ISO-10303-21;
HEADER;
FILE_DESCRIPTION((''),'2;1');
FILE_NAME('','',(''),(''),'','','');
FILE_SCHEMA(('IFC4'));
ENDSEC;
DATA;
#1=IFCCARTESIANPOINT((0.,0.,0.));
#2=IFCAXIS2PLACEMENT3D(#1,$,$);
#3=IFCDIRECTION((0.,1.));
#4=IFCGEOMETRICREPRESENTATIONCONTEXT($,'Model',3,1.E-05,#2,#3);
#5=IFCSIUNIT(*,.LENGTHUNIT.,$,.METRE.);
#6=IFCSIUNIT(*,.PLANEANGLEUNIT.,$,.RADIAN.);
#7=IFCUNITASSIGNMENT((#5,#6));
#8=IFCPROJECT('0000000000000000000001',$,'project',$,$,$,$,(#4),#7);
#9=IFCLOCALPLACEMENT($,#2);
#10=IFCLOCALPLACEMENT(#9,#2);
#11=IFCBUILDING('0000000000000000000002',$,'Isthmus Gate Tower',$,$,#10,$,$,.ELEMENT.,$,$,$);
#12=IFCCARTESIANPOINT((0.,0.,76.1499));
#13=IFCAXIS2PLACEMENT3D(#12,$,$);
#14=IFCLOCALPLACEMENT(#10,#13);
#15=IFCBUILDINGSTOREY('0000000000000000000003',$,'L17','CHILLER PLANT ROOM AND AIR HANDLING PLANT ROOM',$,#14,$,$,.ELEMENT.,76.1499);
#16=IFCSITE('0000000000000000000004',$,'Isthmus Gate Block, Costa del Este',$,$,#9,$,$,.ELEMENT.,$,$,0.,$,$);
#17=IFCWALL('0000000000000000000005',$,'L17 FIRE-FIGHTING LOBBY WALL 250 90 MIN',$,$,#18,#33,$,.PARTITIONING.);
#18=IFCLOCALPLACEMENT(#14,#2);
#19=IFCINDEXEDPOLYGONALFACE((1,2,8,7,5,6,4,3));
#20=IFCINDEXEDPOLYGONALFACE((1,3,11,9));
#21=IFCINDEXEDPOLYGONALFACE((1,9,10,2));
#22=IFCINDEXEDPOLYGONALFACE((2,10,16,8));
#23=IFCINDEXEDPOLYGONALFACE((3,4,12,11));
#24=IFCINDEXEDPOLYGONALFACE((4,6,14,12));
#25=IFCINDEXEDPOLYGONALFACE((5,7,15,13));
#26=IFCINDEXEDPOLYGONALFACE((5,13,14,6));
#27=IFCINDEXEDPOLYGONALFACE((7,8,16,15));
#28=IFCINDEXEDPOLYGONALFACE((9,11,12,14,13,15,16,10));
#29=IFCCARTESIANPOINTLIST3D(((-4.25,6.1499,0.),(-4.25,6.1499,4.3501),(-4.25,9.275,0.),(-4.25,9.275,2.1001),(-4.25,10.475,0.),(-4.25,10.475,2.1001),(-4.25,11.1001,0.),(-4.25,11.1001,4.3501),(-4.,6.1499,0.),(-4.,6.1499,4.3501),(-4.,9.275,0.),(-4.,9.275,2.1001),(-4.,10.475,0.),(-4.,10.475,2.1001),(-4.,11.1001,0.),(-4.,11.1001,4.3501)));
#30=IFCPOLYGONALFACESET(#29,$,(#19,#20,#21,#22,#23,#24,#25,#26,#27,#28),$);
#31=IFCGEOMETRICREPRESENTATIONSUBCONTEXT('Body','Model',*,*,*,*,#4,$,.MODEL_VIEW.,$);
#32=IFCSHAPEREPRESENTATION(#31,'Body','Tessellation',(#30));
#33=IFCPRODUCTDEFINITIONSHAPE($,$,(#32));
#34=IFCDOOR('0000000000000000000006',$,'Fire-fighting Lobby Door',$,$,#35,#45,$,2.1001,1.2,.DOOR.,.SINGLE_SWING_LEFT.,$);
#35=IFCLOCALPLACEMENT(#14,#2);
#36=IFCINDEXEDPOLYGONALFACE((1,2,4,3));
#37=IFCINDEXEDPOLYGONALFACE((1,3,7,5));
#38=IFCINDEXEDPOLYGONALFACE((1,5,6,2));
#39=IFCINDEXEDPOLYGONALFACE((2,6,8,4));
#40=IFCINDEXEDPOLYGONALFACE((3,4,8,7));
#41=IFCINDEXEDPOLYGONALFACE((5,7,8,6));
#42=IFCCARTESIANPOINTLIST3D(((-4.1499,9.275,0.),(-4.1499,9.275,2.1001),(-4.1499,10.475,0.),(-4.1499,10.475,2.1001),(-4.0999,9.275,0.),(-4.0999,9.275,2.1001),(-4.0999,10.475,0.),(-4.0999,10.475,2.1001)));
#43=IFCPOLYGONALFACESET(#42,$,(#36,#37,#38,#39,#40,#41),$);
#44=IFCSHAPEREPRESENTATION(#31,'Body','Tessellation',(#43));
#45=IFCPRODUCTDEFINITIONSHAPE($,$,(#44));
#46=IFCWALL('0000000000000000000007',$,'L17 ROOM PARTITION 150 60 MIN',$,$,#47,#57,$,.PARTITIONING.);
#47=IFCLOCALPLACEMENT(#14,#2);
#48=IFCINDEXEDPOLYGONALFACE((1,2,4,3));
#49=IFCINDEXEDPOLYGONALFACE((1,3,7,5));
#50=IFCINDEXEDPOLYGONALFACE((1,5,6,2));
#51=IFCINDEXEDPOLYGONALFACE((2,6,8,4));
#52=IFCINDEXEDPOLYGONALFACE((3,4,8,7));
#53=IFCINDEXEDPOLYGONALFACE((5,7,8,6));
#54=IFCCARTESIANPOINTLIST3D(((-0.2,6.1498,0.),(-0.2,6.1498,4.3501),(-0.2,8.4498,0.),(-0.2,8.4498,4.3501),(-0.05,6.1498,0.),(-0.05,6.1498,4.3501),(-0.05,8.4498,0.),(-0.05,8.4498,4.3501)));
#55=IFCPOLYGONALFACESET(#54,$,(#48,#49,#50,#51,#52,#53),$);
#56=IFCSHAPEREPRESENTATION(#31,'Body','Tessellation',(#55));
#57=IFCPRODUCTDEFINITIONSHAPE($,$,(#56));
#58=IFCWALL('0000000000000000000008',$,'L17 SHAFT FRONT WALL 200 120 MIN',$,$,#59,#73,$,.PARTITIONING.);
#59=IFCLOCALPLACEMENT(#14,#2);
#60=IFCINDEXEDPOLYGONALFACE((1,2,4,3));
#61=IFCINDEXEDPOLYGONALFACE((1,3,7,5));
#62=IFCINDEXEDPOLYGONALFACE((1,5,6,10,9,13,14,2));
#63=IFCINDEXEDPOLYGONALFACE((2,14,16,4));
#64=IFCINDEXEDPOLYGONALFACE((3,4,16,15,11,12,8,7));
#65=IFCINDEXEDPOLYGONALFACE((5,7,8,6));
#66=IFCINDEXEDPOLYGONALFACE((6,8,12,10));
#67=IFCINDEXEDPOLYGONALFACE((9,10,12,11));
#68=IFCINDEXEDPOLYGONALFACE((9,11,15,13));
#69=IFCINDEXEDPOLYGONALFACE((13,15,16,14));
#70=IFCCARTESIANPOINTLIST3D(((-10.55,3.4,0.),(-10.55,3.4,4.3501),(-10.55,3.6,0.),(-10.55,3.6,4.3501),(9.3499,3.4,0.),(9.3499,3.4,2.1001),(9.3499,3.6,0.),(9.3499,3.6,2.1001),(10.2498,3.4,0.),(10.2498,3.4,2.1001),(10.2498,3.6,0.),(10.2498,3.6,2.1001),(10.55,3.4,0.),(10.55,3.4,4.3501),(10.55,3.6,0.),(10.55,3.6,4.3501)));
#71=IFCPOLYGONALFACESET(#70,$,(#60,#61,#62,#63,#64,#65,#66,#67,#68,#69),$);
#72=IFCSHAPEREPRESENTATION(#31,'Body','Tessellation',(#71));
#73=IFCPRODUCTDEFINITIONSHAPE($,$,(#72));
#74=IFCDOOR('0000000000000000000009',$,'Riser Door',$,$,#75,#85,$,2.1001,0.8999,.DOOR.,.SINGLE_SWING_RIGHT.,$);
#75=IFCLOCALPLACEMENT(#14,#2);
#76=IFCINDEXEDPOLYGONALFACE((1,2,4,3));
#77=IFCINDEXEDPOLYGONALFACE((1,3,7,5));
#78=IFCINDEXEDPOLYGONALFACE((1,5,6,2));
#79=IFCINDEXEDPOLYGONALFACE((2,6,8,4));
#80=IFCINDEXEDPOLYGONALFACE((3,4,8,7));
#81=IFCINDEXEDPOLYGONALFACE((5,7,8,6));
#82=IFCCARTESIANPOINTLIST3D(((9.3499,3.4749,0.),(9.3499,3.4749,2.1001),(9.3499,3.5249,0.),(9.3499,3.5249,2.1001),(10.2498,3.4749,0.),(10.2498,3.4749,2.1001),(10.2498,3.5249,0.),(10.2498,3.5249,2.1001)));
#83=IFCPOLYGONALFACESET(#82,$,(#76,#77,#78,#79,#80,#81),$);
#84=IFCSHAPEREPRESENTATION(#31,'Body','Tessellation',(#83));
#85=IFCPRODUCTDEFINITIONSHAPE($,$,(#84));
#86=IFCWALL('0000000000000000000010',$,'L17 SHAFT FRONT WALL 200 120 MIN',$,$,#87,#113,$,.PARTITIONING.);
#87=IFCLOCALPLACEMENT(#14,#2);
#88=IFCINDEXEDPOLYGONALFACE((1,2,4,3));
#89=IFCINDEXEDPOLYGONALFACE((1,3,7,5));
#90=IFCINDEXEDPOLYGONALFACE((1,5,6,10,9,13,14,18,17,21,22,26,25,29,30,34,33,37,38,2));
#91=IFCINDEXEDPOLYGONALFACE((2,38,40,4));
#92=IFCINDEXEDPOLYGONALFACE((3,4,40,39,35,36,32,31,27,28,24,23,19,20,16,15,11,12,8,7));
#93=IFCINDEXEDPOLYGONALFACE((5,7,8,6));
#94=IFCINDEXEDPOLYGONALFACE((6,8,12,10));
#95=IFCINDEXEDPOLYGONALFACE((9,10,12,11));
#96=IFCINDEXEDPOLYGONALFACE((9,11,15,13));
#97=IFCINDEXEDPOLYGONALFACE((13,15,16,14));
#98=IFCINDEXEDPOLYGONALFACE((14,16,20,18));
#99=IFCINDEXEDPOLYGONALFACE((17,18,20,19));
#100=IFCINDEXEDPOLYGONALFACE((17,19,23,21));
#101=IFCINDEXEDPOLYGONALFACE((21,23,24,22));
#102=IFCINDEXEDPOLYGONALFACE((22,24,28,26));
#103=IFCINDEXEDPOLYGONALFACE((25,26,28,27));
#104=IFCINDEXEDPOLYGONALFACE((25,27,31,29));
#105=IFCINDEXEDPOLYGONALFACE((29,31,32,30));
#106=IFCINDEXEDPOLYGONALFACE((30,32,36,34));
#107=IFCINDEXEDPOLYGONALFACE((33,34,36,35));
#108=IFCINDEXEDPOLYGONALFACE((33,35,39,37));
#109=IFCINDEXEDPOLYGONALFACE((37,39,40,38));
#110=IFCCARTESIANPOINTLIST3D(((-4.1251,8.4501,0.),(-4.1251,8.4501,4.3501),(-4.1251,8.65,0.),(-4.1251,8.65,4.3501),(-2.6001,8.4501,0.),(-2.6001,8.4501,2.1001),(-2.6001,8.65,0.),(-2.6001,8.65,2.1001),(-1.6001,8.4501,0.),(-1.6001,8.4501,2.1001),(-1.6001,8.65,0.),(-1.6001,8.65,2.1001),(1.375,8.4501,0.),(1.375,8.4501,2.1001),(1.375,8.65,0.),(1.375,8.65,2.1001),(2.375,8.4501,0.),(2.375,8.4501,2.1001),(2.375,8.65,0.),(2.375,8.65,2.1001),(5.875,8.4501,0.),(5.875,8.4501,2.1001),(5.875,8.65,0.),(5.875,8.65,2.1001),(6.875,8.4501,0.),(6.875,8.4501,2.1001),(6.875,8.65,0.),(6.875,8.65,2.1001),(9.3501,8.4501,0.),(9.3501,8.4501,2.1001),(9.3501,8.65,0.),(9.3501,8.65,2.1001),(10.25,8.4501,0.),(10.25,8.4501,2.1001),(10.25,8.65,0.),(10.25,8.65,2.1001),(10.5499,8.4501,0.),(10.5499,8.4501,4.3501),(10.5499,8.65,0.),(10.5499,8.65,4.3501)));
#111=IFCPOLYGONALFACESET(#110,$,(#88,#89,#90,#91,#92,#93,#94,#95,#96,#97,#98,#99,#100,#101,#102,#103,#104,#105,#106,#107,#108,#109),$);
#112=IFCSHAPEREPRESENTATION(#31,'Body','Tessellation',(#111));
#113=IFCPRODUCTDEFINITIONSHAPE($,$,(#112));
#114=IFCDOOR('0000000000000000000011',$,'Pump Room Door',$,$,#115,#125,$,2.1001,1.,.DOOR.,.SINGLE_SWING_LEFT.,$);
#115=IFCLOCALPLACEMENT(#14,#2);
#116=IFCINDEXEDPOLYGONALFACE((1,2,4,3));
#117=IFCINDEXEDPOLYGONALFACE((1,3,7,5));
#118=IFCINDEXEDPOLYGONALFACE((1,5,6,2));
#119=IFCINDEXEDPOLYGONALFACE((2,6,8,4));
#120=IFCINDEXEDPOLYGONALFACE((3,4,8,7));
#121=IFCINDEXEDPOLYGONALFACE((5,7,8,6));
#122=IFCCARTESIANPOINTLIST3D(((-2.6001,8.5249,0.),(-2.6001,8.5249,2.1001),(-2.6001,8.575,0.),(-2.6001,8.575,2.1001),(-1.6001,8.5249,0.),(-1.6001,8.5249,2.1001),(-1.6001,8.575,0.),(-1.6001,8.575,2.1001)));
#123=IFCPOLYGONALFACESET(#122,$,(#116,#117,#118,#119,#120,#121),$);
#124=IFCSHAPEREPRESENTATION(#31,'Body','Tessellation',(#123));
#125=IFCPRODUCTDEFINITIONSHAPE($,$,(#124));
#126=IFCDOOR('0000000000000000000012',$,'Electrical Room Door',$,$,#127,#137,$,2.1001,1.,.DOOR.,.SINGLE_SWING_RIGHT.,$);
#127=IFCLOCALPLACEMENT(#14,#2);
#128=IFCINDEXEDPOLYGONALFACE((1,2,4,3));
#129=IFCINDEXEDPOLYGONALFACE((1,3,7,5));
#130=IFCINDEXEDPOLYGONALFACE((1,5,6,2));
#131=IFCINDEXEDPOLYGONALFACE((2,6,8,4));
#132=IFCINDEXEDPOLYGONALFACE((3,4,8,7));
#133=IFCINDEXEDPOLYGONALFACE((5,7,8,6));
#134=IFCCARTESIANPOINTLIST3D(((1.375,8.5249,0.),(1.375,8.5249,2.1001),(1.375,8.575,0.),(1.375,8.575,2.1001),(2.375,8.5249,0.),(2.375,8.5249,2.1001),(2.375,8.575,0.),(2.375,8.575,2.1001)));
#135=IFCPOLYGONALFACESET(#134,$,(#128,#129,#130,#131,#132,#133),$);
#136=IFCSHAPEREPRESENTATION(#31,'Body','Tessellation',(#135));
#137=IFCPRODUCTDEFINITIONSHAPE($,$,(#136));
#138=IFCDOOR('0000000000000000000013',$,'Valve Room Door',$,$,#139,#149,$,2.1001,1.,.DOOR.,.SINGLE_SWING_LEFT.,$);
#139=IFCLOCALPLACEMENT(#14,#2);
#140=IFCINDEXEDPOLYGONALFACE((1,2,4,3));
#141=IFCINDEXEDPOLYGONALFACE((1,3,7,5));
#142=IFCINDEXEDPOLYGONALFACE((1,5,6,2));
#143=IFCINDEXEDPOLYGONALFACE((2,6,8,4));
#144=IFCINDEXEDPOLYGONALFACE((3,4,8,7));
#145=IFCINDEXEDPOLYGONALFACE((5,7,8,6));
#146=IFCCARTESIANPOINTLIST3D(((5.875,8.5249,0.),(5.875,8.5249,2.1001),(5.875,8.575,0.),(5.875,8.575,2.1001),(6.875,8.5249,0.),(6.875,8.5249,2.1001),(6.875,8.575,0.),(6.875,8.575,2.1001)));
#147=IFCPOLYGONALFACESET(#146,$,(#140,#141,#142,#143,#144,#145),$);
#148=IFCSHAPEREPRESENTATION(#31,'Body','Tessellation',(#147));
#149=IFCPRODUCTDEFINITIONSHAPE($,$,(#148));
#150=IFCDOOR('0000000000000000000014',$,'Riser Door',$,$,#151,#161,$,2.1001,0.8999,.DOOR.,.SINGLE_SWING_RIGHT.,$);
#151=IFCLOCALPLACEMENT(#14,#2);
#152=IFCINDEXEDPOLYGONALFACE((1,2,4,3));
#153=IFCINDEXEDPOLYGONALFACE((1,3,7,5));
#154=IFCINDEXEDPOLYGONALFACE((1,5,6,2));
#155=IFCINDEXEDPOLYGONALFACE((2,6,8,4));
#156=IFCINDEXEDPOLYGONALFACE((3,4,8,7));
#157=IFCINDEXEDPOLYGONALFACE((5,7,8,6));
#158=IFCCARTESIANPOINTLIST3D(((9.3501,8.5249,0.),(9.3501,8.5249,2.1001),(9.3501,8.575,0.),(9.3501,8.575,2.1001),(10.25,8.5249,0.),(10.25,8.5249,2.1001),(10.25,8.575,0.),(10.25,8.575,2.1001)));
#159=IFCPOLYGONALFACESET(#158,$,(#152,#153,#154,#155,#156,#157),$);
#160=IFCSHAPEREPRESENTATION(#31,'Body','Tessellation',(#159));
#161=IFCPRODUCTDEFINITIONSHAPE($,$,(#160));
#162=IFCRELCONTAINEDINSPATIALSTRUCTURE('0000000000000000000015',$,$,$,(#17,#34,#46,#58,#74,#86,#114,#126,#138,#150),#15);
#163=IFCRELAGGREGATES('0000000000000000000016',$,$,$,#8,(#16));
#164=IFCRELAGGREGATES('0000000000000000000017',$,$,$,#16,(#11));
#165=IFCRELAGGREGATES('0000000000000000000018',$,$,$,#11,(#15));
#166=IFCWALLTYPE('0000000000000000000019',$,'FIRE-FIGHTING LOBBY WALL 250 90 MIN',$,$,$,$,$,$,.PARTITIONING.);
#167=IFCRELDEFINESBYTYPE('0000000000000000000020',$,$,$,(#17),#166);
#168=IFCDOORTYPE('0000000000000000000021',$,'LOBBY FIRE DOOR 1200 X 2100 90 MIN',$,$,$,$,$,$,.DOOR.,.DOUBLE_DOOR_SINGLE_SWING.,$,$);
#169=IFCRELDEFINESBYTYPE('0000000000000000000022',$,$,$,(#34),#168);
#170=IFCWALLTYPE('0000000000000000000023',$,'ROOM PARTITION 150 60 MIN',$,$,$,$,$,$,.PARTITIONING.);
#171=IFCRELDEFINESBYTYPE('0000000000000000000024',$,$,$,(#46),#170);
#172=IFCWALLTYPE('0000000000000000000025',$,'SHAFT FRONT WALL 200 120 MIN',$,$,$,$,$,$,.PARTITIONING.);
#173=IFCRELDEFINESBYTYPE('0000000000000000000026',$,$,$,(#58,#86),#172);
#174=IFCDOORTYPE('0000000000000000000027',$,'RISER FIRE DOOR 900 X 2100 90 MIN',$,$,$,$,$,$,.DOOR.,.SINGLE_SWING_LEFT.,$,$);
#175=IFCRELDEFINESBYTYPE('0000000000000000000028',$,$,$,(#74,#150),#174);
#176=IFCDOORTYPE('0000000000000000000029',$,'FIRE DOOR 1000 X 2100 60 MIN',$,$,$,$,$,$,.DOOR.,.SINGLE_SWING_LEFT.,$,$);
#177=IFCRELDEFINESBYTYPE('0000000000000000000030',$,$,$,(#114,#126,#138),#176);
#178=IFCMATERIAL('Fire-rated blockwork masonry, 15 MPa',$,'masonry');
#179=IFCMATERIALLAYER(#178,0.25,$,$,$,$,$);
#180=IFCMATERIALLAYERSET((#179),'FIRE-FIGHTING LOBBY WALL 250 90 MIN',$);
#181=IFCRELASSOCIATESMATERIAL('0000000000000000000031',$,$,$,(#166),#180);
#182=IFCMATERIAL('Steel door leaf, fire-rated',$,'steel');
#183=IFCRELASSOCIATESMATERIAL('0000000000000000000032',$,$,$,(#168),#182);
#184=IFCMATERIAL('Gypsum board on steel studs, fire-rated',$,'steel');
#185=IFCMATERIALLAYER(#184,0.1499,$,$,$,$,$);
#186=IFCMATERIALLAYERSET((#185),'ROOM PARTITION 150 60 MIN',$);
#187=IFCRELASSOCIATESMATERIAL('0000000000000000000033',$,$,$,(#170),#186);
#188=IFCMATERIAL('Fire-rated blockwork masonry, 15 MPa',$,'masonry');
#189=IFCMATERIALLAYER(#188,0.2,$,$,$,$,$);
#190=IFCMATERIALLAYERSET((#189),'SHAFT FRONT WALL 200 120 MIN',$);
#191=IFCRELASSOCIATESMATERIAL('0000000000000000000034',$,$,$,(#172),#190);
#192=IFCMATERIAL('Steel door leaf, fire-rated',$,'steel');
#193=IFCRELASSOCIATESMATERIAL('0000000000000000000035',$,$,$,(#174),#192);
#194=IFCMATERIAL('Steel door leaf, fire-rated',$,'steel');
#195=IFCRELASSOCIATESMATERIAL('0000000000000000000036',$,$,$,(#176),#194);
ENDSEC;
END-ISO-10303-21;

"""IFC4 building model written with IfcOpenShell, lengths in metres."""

from ifc_helpers import new_model, si_unit, direction, frame, frame_2d, origin, place, context, subcontext, project, spatial, rectangle, extrude, material, layer, layer_set, type_object, element, fill, save


model = new_model("IFC4")

# Units and contexts
model_context = context("Model", 3, precision=1e-05, world=origin(), true_north=direction((0.0, 1.0)))
body_context = subcontext(model_context, "Body", "Model", "MODEL_VIEW")
ifc_project = project(units=[si_unit("LENGTHUNIT", "METRE"), si_unit("PLANEANGLEUNIT", "RADIAN")], contexts=[model_context])

# Site, building, storey
site_placement = place(None, origin())
site = spatial("IfcSite", under=ifc_project, at=site_placement, Name="Isthmus Gate Block, Costa del Este", CompositionType="ELEMENT", RefElevation=0.0)
building_placement = place(site_placement, origin())
building = spatial("IfcBuilding", under=site, at=building_placement, Name="Isthmus Gate Tower", CompositionType="ELEMENT")
storey_placement = place(building_placement, frame((0.0, 0.0, 76.1499)))
storey = spatial("IfcBuildingStorey", under=building, at=storey_placement, Name="L17", Description="CHILLER PLANT ROOM AND AIR HANDLING PLANT ROOM", CompositionType="ELEMENT", Elevation=76.1499)

# Wall, opening, door
ifc_material_1 = material(Name="Fire-rated blockwork masonry, 15 MPa", Category="masonry")
ifc_layer_1 = layer(ifc_material_1, 0.25)
ifc_layer_set_1 = layer_set([ifc_layer_1], Name="FIRE-FIGHTING LOBBY WALL 250 90 MIN")
wall_type_1 = type_object("IfcWallType", Name="FIRE-FIGHTING LOBBY WALL 250 90 MIN", PredefinedType="PARTITIONING", material=ifc_layer_set_1)
wall_1_placement = place(storey_placement, frame((-4.125, 6.1499, 0.0), z_axis=(0.0, 0.0, 1.0), x_axis=(0.0, 1.0, 0.0)))
wall_1 = element("IfcWall", 1, at=wall_1_placement, inside=storey, type_object=wall_type_1, Name="L17 FIRE-FIGHTING LOBBY WALL 250 90 MIN", PredefinedType="PARTITIONING", context=body_context, shape_type="SweptSolid", body=[
    extrude(rectangle(XDim=4.9502, YDim=0.25, at=frame_2d((2.4751, 0.0))), origin(), (0.0, 0.0, 1.0), 4.3501),
])
opening_1_placement = place(wall_1_placement, frame((3.125, 0.0, 0.0)))
opening_1 = element("IfcOpeningElement", 2, at=opening_1_placement, cuts=wall_1, PredefinedType="OPENING", context=body_context, shape_type="SweptSolid", body=[
    extrude(rectangle(XDim=1.2, YDim=2.1001, at=frame_2d((0.6001, 1.05))), frame((0.0, 0.135, 0.0), z_axis=(0.0, -1.0, 0.0), x_axis=(1.0, 0.0, 0.0)), (0.0, 0.0, 1.0), 0.27),
])
ifc_material_2 = material(Name="Steel door leaf, fire-rated", Category="steel")
door_type_1 = type_object("IfcDoorType", Name="LOBBY FIRE DOOR 1200 X 2100 90 MIN", OperationType="DOUBLE_DOOR_SINGLE_SWING", PredefinedType="DOOR", material=ifc_material_2)
door_1_placement = place(opening_1_placement, origin())
door_1 = element("IfcDoor", 3, at=door_1_placement, inside=storey, type_object=door_type_1, Name="Fire-fighting Lobby Door", OperationType="SINGLE_SWING_LEFT", OverallHeight=2.1001, OverallWidth=1.2, PredefinedType="DOOR", context=body_context, shape_type="SweptSolid", body=[
    extrude(rectangle(XDim=1.2, YDim=2.1001, at=frame_2d((0.6001, 1.05))), frame((0.0, 0.0249, 0.0), z_axis=(0.0, -1.0, 0.0), x_axis=(1.0, 0.0, 0.0)), (0.0, 0.0, 1.0), 0.05),
])
fill(opening_1, door_1)

# Wall
ifc_material_3 = material(Name="Gypsum board on steel studs, fire-rated", Category="steel")
ifc_layer_2 = layer(ifc_material_3, 0.1499)
ifc_layer_set_2 = layer_set([ifc_layer_2], Name="ROOM PARTITION 150 60 MIN")
wall_type_2 = type_object("IfcWallType", Name="ROOM PARTITION 150 60 MIN", PredefinedType="PARTITIONING", material=ifc_layer_set_2)
wall_2_placement = place(storey_placement, frame((-0.125, 6.1499, 0.0), z_axis=(0.0, 0.0, 1.0), x_axis=(0.0, 1.0, 0.0)))
element("IfcWall", 4, at=wall_2_placement, inside=storey, type_object=wall_type_2, Name="L17 ROOM PARTITION 150 60 MIN", PredefinedType="PARTITIONING", context=body_context, shape_type="SweptSolid", body=[
    extrude(rectangle(XDim=2.3, YDim=0.1499, at=frame_2d((1.1499, 0.0))), origin(), (0.0, 0.0, 1.0), 4.3501),
])

# Wall, opening, door
ifc_material_4 = material(Name="Fire-rated blockwork masonry, 15 MPa", Category="masonry")
ifc_layer_3 = layer(ifc_material_4, 0.2)
ifc_layer_set_3 = layer_set([ifc_layer_3], Name="SHAFT FRONT WALL 200 120 MIN")
wall_type_3 = type_object("IfcWallType", Name="SHAFT FRONT WALL 200 120 MIN", PredefinedType="PARTITIONING", material=ifc_layer_set_3)
wall_3_placement = place(storey_placement, frame((-10.55, 3.5, 0.0), z_axis=(0.0, 0.0, 1.0), x_axis=(1.0, 0.0, 0.0)))
wall_3 = element("IfcWall", 5, at=wall_3_placement, inside=storey, type_object=wall_type_3, Name="L17 SHAFT FRONT WALL 200 120 MIN", PredefinedType="PARTITIONING", context=body_context, shape_type="SweptSolid", body=[
    extrude(rectangle(XDim=21.1001, YDim=0.2, at=frame_2d((10.55, 0.0))), origin(), (0.0, 0.0, 1.0), 4.3501),
])
opening_2_placement = place(wall_3_placement, frame((19.8999, 0.0, 0.0)))
opening_2 = element("IfcOpeningElement", 6, at=opening_2_placement, cuts=wall_3, PredefinedType="OPENING", context=body_context, shape_type="SweptSolid", body=[
    extrude(rectangle(XDim=0.8999, YDim=2.1001, at=frame_2d((0.45, 1.05))), frame((0.0, 0.1099, 0.0), z_axis=(0.0, -1.0, 0.0), x_axis=(1.0, 0.0, 0.0)), (0.0, 0.0, 1.0), 0.22),
])
ifc_material_5 = material(Name="Steel door leaf, fire-rated", Category="steel")
door_type_2 = type_object("IfcDoorType", Name="RISER FIRE DOOR 900 X 2100 90 MIN", OperationType="SINGLE_SWING_LEFT", PredefinedType="DOOR", material=ifc_material_5)
door_2_placement = place(opening_2_placement, origin())
door_2 = element("IfcDoor", 7, at=door_2_placement, inside=storey, type_object=door_type_2, Name="Riser Door", OperationType="SINGLE_SWING_RIGHT", OverallHeight=2.1001, OverallWidth=0.8999, PredefinedType="DOOR", context=body_context, shape_type="SweptSolid", body=[
    extrude(rectangle(XDim=0.8999, YDim=2.1001, at=frame_2d((0.45, 1.05))), frame((0.0, 0.0249, 0.0), z_axis=(0.0, -1.0, 0.0), x_axis=(1.0, 0.0, 0.0)), (0.0, 0.0, 1.0), 0.05),
])
fill(opening_2, door_2)

# Wall, openings, doors
wall_4_placement = place(storey_placement, frame((-4.125, 8.55, 0.0), z_axis=(0.0, 0.0, 1.0), x_axis=(1.0, 0.0, 0.0)))
wall_4 = element("IfcWall", 8, at=wall_4_placement, inside=storey, type_object=wall_type_3, Name="L17 SHAFT FRONT WALL 200 120 MIN", PredefinedType="PARTITIONING", context=body_context, shape_type="SweptSolid", body=[
    extrude(rectangle(XDim=14.675, YDim=0.2, at=frame_2d((7.3374, 0.0))), origin(), (0.0, 0.0, 1.0), 4.3501),
])
opening_3_placement = place(wall_4_placement, frame((1.5249, 0.0, 0.0)))
opening_3 = element("IfcOpeningElement", 9, at=opening_3_placement, cuts=wall_4, PredefinedType="OPENING", context=body_context, shape_type="SweptSolid", body=[
    extrude(rectangle(XDim=1.0, YDim=2.1001, at=frame_2d((0.5, 1.05))), frame((0.0, 0.1099, 0.0), z_axis=(0.0, -1.0, 0.0), x_axis=(1.0, 0.0, 0.0)), (0.0, 0.0, 1.0), 0.22),
])
opening_4_placement = place(wall_4_placement, frame((5.5, 0.0, 0.0)))
opening_4 = element("IfcOpeningElement", 10, at=opening_4_placement, cuts=wall_4, PredefinedType="OPENING", context=body_context, shape_type="SweptSolid", body=[
    extrude(rectangle(XDim=1.0, YDim=2.1001, at=frame_2d((0.5, 1.05))), frame((0.0, 0.1099, 0.0), z_axis=(0.0, -1.0, 0.0), x_axis=(1.0, 0.0, 0.0)), (0.0, 0.0, 1.0), 0.22),
])
opening_5_placement = place(wall_4_placement, frame((10.0, 0.0, 0.0)))
opening_5 = element("IfcOpeningElement", 11, at=opening_5_placement, cuts=wall_4, PredefinedType="OPENING", context=body_context, shape_type="SweptSolid", body=[
    extrude(rectangle(XDim=1.0, YDim=2.1001, at=frame_2d((0.5, 1.05))), frame((0.0, 0.1099, 0.0), z_axis=(0.0, -1.0, 0.0), x_axis=(1.0, 0.0, 0.0)), (0.0, 0.0, 1.0), 0.22),
])
opening_6_placement = place(wall_4_placement, frame((13.4751, 0.0, 0.0)))
opening_6 = element("IfcOpeningElement", 12, at=opening_6_placement, cuts=wall_4, PredefinedType="OPENING", context=body_context, shape_type="SweptSolid", body=[
    extrude(rectangle(XDim=0.8999, YDim=2.1001, at=frame_2d((0.45, 1.05))), frame((0.0, 0.1099, 0.0), z_axis=(0.0, -1.0, 0.0), x_axis=(1.0, 0.0, 0.0)), (0.0, 0.0, 1.0), 0.22),
])
ifc_material_6 = material(Name="Steel door leaf, fire-rated", Category="steel")
door_type_3 = type_object("IfcDoorType", Name="FIRE DOOR 1000 X 2100 60 MIN", OperationType="SINGLE_SWING_LEFT", PredefinedType="DOOR", material=ifc_material_6)
door_3_placement = place(opening_3_placement, origin())
door_3 = element("IfcDoor", 13, at=door_3_placement, inside=storey, type_object=door_type_3, Name="Pump Room Door", OperationType="SINGLE_SWING_LEFT", OverallHeight=2.1001, OverallWidth=1.0, PredefinedType="DOOR", context=body_context, shape_type="SweptSolid", body=[
    extrude(rectangle(XDim=1.0, YDim=2.1001, at=frame_2d((0.5, 1.05))), frame((0.0, 0.0249, 0.0), z_axis=(0.0, -1.0, 0.0), x_axis=(1.0, 0.0, 0.0)), (0.0, 0.0, 1.0), 0.05),
])
fill(opening_3, door_3)
door_4_placement = place(opening_4_placement, origin())
door_4 = element("IfcDoor", 14, at=door_4_placement, inside=storey, type_object=door_type_3, Name="Electrical Room Door", OperationType="SINGLE_SWING_RIGHT", OverallHeight=2.1001, OverallWidth=1.0, PredefinedType="DOOR", context=body_context, shape_type="SweptSolid", body=[
    extrude(rectangle(XDim=1.0, YDim=2.1001, at=frame_2d((0.5, 1.05))), frame((0.0, 0.0249, 0.0), z_axis=(0.0, -1.0, 0.0), x_axis=(1.0, 0.0, 0.0)), (0.0, 0.0, 1.0), 0.05),
])
fill(opening_4, door_4)
door_5_placement = place(opening_5_placement, origin())
door_5 = element("IfcDoor", 15, at=door_5_placement, inside=storey, type_object=door_type_3, Name="Valve Room Door", OperationType="SINGLE_SWING_LEFT", OverallHeight=2.1001, OverallWidth=1.0, PredefinedType="DOOR", context=body_context, shape_type="SweptSolid", body=[
    extrude(rectangle(XDim=1.0, YDim=2.1001, at=frame_2d((0.5, 1.05))), frame((0.0, 0.0249, 0.0), z_axis=(0.0, -1.0, 0.0), x_axis=(1.0, 0.0, 0.0)), (0.0, 0.0, 1.0), 0.05),
])
fill(opening_5, door_5)
door_6_placement = place(opening_6_placement, origin())
door_6 = element("IfcDoor", 16, at=door_6_placement, inside=storey, type_object=door_type_2, Name="Riser Door", OperationType="SINGLE_SWING_RIGHT", OverallHeight=2.1001, OverallWidth=0.8999, PredefinedType="DOOR", context=body_context, shape_type="SweptSolid", body=[
    extrude(rectangle(XDim=0.8999, YDim=2.1001, at=frame_2d((0.45, 1.05))), frame((0.0, 0.0249, 0.0), z_axis=(0.0, -1.0, 0.0), x_axis=(1.0, 0.0, 0.0)), (0.0, 0.0, 1.0), 0.05),
])
fill(opening_6, door_6)

save(model, "model.ifc")
